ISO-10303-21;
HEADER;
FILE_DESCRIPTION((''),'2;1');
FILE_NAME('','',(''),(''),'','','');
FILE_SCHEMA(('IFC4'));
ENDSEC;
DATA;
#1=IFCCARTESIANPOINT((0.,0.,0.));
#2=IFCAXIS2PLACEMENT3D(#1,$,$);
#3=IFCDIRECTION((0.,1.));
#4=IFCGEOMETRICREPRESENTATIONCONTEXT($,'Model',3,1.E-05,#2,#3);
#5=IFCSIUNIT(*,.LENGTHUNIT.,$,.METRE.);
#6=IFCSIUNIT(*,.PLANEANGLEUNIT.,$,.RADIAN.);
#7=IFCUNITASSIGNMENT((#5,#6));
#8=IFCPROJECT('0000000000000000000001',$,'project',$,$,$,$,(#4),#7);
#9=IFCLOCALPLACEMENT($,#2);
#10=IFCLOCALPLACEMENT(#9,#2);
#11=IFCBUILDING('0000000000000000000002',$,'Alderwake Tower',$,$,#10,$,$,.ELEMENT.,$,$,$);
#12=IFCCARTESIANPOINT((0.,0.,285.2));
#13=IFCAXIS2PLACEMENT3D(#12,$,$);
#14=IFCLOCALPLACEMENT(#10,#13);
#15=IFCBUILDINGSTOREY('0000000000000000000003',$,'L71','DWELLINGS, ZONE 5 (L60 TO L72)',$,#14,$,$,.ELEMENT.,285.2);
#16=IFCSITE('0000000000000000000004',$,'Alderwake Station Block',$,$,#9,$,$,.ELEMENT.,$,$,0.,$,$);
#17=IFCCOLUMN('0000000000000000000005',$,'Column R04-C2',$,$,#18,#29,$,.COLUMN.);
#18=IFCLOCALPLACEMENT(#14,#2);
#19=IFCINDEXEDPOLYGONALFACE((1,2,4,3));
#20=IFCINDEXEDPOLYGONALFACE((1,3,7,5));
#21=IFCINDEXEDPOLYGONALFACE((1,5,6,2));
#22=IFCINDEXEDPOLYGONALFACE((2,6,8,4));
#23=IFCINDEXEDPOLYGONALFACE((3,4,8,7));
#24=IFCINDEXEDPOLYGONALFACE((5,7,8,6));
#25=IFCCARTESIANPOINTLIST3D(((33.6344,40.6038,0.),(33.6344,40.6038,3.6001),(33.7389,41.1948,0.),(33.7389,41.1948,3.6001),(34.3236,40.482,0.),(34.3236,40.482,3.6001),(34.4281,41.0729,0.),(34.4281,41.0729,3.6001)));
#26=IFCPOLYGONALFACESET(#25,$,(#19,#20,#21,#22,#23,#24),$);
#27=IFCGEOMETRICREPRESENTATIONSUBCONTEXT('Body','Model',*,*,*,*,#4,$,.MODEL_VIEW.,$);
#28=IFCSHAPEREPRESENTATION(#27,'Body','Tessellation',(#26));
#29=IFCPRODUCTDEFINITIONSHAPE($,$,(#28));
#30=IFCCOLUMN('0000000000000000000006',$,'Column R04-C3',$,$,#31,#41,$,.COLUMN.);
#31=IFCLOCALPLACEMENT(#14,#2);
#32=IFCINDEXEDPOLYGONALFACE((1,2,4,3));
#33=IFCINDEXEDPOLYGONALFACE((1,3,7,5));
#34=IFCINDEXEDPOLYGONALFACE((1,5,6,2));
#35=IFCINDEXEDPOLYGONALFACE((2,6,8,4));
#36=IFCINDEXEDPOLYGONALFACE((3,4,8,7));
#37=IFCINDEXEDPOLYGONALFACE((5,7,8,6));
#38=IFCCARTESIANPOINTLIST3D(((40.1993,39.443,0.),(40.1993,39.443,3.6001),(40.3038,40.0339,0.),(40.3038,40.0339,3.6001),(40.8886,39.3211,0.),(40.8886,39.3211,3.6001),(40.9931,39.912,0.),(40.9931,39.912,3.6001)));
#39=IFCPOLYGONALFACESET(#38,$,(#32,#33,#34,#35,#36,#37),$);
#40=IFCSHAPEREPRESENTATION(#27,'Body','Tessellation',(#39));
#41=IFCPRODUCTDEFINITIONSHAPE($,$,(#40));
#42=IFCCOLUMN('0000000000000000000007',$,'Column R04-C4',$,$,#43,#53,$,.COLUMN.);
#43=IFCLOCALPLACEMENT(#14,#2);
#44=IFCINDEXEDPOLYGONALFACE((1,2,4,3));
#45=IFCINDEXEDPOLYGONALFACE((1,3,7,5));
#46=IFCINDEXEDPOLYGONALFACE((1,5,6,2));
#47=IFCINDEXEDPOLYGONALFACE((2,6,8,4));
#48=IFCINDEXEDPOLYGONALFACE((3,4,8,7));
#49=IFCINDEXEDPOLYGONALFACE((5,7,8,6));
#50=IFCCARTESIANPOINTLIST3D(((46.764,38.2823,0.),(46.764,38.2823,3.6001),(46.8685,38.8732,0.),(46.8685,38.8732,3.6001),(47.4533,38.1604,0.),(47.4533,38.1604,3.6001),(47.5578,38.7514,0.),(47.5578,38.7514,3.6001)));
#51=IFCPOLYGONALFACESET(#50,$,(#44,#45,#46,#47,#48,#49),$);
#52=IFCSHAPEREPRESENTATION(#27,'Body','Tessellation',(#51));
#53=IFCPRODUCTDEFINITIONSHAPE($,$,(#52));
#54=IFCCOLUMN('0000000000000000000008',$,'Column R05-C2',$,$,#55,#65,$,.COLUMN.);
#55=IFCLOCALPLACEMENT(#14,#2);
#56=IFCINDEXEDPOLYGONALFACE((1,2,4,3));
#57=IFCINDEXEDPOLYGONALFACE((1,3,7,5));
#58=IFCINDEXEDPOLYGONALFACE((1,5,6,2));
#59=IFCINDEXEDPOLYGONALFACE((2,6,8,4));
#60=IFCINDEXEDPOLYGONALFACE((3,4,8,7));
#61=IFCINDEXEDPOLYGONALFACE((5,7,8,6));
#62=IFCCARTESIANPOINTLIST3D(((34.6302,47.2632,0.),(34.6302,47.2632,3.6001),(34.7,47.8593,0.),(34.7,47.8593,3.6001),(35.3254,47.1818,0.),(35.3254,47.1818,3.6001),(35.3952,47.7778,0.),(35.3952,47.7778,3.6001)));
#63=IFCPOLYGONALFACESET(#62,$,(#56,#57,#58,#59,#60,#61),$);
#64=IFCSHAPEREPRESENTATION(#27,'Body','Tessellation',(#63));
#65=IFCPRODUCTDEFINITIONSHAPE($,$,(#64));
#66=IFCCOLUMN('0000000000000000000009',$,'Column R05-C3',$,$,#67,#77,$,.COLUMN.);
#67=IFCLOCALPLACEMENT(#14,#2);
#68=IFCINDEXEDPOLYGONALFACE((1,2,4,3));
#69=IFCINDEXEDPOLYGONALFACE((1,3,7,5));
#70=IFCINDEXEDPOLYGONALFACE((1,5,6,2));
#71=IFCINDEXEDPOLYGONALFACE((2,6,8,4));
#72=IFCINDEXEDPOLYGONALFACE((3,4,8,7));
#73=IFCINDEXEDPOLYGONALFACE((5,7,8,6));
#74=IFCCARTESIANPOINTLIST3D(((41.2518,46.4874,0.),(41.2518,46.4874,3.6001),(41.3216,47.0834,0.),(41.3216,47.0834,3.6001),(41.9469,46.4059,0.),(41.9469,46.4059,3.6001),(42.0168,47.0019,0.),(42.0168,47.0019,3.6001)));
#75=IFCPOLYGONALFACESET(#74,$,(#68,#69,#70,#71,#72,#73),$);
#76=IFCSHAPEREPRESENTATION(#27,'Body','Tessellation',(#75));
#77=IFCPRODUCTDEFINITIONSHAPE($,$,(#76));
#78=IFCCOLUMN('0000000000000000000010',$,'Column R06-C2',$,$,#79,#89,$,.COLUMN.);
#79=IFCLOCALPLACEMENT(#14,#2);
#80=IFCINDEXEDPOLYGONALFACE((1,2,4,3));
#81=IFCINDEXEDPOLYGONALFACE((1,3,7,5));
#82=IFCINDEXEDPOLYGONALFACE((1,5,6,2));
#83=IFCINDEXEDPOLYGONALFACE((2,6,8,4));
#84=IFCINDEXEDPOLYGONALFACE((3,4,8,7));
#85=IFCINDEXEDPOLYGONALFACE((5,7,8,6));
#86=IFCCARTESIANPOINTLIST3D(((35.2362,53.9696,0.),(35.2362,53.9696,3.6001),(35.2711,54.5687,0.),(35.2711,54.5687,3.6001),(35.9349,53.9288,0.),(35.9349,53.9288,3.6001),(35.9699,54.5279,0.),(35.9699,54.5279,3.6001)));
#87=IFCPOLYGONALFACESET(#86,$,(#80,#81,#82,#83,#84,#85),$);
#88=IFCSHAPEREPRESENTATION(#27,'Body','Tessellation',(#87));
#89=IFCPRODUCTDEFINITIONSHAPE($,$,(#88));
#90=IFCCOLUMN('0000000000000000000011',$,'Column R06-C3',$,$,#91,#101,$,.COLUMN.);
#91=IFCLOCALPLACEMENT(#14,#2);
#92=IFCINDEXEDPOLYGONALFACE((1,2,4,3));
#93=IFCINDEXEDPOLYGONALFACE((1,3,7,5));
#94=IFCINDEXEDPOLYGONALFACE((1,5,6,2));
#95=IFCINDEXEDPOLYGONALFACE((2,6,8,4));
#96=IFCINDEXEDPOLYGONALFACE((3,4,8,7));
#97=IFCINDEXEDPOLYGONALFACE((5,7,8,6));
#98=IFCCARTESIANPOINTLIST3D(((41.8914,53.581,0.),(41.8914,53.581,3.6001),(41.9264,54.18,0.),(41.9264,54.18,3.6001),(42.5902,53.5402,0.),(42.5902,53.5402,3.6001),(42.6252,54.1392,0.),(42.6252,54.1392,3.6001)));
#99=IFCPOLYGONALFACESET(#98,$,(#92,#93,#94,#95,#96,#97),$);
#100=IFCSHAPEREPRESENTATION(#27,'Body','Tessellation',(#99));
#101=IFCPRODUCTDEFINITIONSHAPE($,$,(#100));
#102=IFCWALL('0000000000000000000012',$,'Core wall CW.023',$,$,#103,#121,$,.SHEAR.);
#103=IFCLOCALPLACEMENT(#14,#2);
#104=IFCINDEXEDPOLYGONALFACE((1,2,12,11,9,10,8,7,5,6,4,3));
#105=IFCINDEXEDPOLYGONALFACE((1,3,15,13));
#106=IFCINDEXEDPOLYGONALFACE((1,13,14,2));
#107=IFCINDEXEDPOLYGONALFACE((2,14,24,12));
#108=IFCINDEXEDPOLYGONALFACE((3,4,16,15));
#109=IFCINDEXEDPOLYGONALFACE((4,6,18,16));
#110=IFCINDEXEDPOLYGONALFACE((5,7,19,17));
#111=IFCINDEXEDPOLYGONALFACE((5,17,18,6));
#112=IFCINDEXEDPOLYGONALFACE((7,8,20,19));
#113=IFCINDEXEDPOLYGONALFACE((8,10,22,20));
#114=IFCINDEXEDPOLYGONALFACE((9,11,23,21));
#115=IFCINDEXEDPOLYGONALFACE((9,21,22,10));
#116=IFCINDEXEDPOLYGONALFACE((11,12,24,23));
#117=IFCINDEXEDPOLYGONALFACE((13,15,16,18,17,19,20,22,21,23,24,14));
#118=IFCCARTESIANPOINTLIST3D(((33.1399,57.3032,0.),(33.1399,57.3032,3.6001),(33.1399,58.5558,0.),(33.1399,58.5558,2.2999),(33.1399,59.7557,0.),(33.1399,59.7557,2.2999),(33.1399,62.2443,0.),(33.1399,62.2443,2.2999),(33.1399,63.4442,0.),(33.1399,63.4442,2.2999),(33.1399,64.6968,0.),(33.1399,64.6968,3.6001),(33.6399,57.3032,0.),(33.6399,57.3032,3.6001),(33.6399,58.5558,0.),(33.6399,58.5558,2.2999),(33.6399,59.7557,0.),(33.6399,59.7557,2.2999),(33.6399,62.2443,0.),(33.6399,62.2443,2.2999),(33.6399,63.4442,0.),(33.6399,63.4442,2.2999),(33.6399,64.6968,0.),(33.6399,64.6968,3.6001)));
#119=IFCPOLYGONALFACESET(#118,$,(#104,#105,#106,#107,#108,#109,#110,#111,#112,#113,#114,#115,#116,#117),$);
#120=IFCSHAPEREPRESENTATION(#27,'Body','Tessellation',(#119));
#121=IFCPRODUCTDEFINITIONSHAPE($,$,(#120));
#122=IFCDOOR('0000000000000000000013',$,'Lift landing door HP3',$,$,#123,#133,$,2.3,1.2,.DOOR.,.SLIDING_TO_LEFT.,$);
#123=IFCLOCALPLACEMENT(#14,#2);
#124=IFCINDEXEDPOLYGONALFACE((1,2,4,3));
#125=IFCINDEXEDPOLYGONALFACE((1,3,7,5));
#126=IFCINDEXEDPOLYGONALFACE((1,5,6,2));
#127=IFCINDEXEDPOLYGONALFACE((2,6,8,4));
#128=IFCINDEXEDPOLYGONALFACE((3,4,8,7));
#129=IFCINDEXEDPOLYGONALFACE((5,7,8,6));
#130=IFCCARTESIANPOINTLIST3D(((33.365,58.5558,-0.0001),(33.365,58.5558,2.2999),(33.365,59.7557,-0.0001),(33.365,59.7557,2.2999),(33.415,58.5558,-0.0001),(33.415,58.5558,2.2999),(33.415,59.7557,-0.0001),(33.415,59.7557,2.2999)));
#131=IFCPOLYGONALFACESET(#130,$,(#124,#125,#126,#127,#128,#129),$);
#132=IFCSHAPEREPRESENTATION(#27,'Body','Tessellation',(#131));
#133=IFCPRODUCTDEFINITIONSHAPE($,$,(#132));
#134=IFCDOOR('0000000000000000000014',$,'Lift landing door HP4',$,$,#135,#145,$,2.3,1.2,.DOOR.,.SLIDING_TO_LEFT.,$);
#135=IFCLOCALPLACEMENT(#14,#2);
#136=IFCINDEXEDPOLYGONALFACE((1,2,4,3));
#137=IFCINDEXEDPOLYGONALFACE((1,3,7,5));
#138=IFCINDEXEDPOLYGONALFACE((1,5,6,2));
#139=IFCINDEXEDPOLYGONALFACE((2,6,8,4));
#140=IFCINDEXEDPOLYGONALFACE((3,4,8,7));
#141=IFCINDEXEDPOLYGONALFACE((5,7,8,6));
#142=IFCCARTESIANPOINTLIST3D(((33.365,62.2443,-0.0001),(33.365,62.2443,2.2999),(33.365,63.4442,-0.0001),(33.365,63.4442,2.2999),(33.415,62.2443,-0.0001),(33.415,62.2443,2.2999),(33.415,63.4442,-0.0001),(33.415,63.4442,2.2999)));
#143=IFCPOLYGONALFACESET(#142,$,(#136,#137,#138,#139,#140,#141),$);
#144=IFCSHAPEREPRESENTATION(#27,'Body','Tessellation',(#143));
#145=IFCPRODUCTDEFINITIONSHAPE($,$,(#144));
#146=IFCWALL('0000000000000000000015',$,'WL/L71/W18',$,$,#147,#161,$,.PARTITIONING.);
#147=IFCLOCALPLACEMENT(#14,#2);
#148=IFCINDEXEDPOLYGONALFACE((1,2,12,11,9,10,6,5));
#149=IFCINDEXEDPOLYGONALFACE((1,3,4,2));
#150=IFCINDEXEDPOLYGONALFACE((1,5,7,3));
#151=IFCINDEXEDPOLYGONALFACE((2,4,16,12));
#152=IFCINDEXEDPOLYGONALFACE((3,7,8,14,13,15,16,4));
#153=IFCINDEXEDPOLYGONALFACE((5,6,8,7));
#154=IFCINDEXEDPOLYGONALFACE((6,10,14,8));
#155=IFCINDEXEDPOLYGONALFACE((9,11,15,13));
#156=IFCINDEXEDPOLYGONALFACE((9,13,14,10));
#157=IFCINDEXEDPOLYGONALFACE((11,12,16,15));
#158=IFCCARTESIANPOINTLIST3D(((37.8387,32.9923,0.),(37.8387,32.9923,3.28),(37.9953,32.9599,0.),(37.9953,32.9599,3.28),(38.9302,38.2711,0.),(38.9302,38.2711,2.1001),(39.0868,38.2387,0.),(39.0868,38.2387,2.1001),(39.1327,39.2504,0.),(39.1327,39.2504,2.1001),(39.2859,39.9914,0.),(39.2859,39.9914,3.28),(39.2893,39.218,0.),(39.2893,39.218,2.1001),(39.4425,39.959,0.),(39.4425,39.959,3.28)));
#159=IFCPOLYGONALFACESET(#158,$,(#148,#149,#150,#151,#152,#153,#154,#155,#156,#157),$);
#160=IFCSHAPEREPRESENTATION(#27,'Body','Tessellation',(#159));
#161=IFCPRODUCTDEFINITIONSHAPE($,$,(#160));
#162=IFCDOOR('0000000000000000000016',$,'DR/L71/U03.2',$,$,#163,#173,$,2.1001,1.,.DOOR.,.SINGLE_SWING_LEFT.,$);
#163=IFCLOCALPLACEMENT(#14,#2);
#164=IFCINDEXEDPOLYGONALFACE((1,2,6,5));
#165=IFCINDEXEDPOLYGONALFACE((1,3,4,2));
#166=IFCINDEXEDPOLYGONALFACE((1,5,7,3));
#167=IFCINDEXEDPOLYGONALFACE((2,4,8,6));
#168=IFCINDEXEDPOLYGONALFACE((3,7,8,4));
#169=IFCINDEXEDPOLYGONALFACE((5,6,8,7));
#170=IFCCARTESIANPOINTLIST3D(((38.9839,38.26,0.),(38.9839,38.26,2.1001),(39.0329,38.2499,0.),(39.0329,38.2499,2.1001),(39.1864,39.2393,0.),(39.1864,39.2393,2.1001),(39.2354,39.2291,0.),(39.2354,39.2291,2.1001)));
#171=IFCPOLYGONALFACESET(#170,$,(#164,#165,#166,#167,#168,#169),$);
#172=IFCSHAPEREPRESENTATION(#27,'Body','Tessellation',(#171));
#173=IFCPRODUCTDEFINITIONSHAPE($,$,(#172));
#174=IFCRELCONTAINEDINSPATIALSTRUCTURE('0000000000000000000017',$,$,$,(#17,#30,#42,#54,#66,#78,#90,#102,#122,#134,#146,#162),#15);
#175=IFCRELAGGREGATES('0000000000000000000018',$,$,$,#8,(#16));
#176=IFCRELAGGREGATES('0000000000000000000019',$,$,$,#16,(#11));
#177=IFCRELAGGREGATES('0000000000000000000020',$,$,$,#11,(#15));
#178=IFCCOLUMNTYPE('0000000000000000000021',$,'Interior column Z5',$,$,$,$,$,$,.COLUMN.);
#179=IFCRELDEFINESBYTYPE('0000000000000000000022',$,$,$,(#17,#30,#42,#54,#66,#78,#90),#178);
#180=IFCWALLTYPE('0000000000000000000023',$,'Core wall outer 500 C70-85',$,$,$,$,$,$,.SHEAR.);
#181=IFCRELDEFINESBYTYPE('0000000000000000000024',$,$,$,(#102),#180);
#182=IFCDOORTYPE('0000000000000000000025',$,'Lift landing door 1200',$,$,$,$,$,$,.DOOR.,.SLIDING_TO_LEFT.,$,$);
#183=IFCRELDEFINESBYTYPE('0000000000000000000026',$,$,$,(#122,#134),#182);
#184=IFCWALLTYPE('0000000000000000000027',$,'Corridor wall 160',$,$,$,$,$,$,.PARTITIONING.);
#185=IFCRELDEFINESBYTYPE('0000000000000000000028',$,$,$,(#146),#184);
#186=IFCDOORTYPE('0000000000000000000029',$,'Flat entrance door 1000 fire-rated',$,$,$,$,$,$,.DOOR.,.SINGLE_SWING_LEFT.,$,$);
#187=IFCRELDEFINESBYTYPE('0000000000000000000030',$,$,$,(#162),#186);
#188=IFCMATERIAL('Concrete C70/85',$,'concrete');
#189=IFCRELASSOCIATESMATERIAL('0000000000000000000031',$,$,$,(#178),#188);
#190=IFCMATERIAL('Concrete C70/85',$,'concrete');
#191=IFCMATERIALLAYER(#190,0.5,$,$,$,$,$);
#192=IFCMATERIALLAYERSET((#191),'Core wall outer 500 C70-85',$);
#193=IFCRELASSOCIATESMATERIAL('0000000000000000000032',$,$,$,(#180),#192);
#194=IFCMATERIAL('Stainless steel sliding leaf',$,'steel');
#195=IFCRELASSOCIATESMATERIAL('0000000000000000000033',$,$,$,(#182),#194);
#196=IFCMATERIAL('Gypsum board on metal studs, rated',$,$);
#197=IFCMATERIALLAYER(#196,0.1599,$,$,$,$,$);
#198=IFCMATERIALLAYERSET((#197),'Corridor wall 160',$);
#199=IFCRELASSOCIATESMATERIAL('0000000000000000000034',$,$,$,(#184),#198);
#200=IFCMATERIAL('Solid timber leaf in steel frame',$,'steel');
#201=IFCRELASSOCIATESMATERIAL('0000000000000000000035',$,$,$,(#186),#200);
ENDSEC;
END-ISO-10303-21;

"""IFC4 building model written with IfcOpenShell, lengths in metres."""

from ifc_helpers import new_model, si_unit, direction, frame, frame_2d, origin, origin_2d, place, context, subcontext, project, spatial, rectangle, extrude, material, layer, layer_set, material_profile, profile_set, type_object, element, fill, save


model = new_model("IFC4")

# Units and contexts
model_context = context("Model", 3, precision=1e-05, world=origin(), true_north=direction((0.0, 1.0)))
body_context = subcontext(model_context, "Body", "Model", "MODEL_VIEW")
ifc_project = project(units=[si_unit("LENGTHUNIT", "METRE"), si_unit("PLANEANGLEUNIT", "RADIAN")], contexts=[model_context])

# Site, building, storey
site_placement = place(None, origin())
site = spatial("IfcSite", under=ifc_project, at=site_placement, Name="Alderwake Station Block", CompositionType="ELEMENT", RefElevation=0.0)
building_placement = place(site_placement, origin())
building = spatial("IfcBuilding", under=site, at=building_placement, Name="Alderwake Tower", CompositionType="ELEMENT")
storey_placement = place(building_placement, frame((0.0, 0.0, 285.2)))
storey = spatial("IfcBuildingStorey", under=building, at=storey_placement, Name="L71", Description="DWELLINGS, ZONE 5 (L60 TO L72)", CompositionType="ELEMENT", Elevation=285.2)

# Columns
ifc_material_1 = material(Name="Concrete C70/85", Category="concrete")
ifc_material_profile = material_profile(ifc_material_1, rectangle(XDim=0.6001, YDim=0.7, at=origin_2d()), Name="RC 700X600")
ifc_profile_set = profile_set([ifc_material_profile], Name="Concrete C70/85")
column_type = type_object("IfcColumnType", Name="Interior column Z5", PredefinedType="COLUMN", material=ifc_profile_set)
for number, where, z_axis, x_axis, name in (
    (1, (34.0312, 40.8384, 0.0), (0.0, 0.0, 1.0), (0.174109, 0.984726, 0.0), "Column R04-C2"),
    (2, (40.5962, 39.6775, 0.0), (0.0, 0.0, 1.0), (0.174107, 0.984727, 0.0), "Column R04-C3"),
    (3, (47.1609, 38.5168, 0.0), (0.0, 0.0, 1.0), (0.174109, 0.984726, 0.0), "Column R04-C4"),
    (4, (35.0127, 47.5205, 0.0), (0.0, 0.0, 1.0), (0.116402, 0.993202, 0.0), "Column R05-C2"),
    (5, (41.6343, 46.7446, 0.0), (0.0, 0.0, 1.0), (0.116402, 0.993202, 0.0), "Column R05-C3"),
    (6, (35.603, 54.2488, 0.0), (0.0, 0.0, 1.0), (0.058301, 0.998299, 0.0), "Column R06-C2"),
    (7, (42.2583, 53.8601, 0.0), (0.0, 0.0, 1.0), (0.058299, 0.998299, 0.0), "Column R06-C3"),
):
    element("IfcColumn", number, at=place(storey_placement, frame(where, z_axis=z_axis, x_axis=x_axis)), inside=storey, type_object=column_type, Name=name, PredefinedType="COLUMN", context=body_context, shape_type="SweptSolid", body=[
        extrude(rectangle(XDim=0.6001, YDim=0.7, at=origin_2d()), origin(), (0.0, 0.0, 1.0), 3.6001),
    ])

# Wall, openings, doors
ifc_material_2 = material(Name="Concrete C70/85", Category="concrete")
ifc_layer_1 = layer(ifc_material_2, 0.5)
ifc_layer_set_1 = layer_set([ifc_layer_1], Name="Core wall outer 500 C70-85")
wall_type_1 = type_object("IfcWallType", Name="Core wall outer 500 C70-85", PredefinedType="SHEAR", material=ifc_layer_set_1)
wall_1_placement = place(storey_placement, frame((33.3899, 57.3032, 0.0), z_axis=(0.0, 0.0, 1.0), x_axis=(0.0, 1.0, 0.0)))
wall_1 = element("IfcWall", 8, at=wall_1_placement, inside=storey, type_object=wall_type_1, Name="Core wall CW.023", PredefinedType="SHEAR", context=body_context, shape_type="SweptSolid", body=[
    extrude(rectangle(XDim=7.3936, YDim=0.5, at=frame_2d((3.6968, 0.0))), origin(), (0.0, 0.0, 1.0), 3.6001),
])
opening_1_placement = place(wall_1_placement, frame((1.2524, 0.0, 0.0)))
opening_1 = element("IfcOpeningElement", 9, at=opening_1_placement, cuts=wall_1, PredefinedType="OPENING", context=body_context, shape_type="SweptSolid", body=[
    extrude(rectangle(XDim=1.2, YDim=2.3, at=frame_2d((0.6001, 1.1499))), frame((0.0, 0.26, 0.0), z_axis=(0.0, -1.0, 0.0), x_axis=(1.0, 0.0, 0.0)), (0.0, 0.0, 1.0), 0.52),
])
opening_2_placement = place(wall_1_placement, frame((4.9409, 0.0, 0.0)))
opening_2 = element("IfcOpeningElement", 10, at=opening_2_placement, cuts=wall_1, PredefinedType="OPENING", context=body_context, shape_type="SweptSolid", body=[
    extrude(rectangle(XDim=1.2, YDim=2.3, at=frame_2d((0.6001, 1.1499))), frame((0.0, 0.26, 0.0), z_axis=(0.0, -1.0, 0.0), x_axis=(1.0, 0.0, 0.0)), (0.0, 0.0, 1.0), 0.52),
])
ifc_material_3 = material(Name="Stainless steel sliding leaf", Category="steel")
door_type_1 = type_object("IfcDoorType", Name="Lift landing door 1200", OperationType="SLIDING_TO_LEFT", PredefinedType="DOOR", material=ifc_material_3)
door_1_placement = place(opening_1_placement, origin())
door_1 = element("IfcDoor", 11, at=door_1_placement, inside=storey, type_object=door_type_1, Name="Lift landing door HP3", OperationType="SLIDING_TO_LEFT", OverallHeight=2.3, OverallWidth=1.2, PredefinedType="DOOR", context=body_context, shape_type="SweptSolid", body=[
    extrude(rectangle(XDim=1.2, YDim=2.3, at=frame_2d((0.6001, 1.1499))), frame((0.0, 0.0249, 0.0), z_axis=(0.0, -1.0, 0.0), x_axis=(1.0, 0.0, 0.0)), (0.0, 0.0, 1.0), 0.05),
])
fill(opening_1, door_1)
door_2_placement = place(opening_2_placement, origin())
door_2 = element("IfcDoor", 12, at=door_2_placement, inside=storey, type_object=door_type_1, Name="Lift landing door HP4", OperationType="SLIDING_TO_LEFT", OverallHeight=2.3, OverallWidth=1.2, PredefinedType="DOOR", context=body_context, shape_type="SweptSolid", body=[
    extrude(rectangle(XDim=1.2, YDim=2.3, at=frame_2d((0.6001, 1.1499))), frame((0.0, 0.0249, 0.0), z_axis=(0.0, -1.0, 0.0), x_axis=(1.0, 0.0, 0.0)), (0.0, 0.0, 1.0), 0.05),
])
fill(opening_2, door_2)

# Wall, opening, door
ifc_material_4 = material(Name="Gypsum board on metal studs, rated")
ifc_layer_2 = layer(ifc_material_4, 0.1599)
ifc_layer_set_2 = layer_set([ifc_layer_2], Name="Corridor wall 160")
wall_type_2 = type_object("IfcWallType", Name="Corridor wall 160", PredefinedType="PARTITIONING", material=ifc_layer_set_2)
wall_2_placement = place(storey_placement, frame((39.3643, 39.9753, 0.0), z_axis=(0.0, 0.0, 1.0), x_axis=(-0.20249, -0.979284, 0.0)))
wall_2 = element("IfcWall", 13, at=wall_2_placement, inside=storey, type_object=wall_type_2, Name="WL/L71/W18", PredefinedType="PARTITIONING", context=body_context, shape_type="SweptSolid", body=[
    extrude(rectangle(XDim=7.1472, YDim=0.1599, at=frame_2d((3.5737, 0.0))), origin(), (0.0, 0.0, 1.0), 3.28),
])
opening_3_placement = place(wall_2_placement, frame((0.7568, 0.0, 0.0)))
opening_3 = element("IfcOpeningElement", 14, at=opening_3_placement, cuts=wall_2, PredefinedType="OPENING", context=body_context, shape_type="SweptSolid", body=[
    extrude(rectangle(XDim=1.0, YDim=2.1001, at=frame_2d((0.5, 1.05))), frame((0.0, 0.0898, 0.0), z_axis=(0.0, -1.0, 0.0), x_axis=(1.0, 0.0, 0.0)), (0.0, 0.0, 1.0), 0.1799),
])
ifc_material_5 = material(Name="Solid timber leaf in steel frame", Category="steel")
door_type_2 = type_object("IfcDoorType", Name="Flat entrance door 1000 fire-rated", OperationType="SINGLE_SWING_LEFT", PredefinedType="DOOR", material=ifc_material_5)
door_3_placement = place(opening_3_placement, origin())
door_3 = element("IfcDoor", 15, at=door_3_placement, inside=storey, type_object=door_type_2, Name="DR/L71/U03.2", OperationType="SINGLE_SWING_LEFT", OverallHeight=2.1001, OverallWidth=1.0, PredefinedType="DOOR", context=body_context, shape_type="SweptSolid", body=[
    extrude(rectangle(XDim=1.0, YDim=2.1001, at=frame_2d((0.5, 1.05))), frame((0.0, 0.0249, 0.0), z_axis=(0.0, -1.0, 0.0), x_axis=(1.0, 0.0, 0.0)), (0.0, 0.0, 1.0), 0.05),
])
fill(opening_3, door_3)

save(model, "model.ifc")
